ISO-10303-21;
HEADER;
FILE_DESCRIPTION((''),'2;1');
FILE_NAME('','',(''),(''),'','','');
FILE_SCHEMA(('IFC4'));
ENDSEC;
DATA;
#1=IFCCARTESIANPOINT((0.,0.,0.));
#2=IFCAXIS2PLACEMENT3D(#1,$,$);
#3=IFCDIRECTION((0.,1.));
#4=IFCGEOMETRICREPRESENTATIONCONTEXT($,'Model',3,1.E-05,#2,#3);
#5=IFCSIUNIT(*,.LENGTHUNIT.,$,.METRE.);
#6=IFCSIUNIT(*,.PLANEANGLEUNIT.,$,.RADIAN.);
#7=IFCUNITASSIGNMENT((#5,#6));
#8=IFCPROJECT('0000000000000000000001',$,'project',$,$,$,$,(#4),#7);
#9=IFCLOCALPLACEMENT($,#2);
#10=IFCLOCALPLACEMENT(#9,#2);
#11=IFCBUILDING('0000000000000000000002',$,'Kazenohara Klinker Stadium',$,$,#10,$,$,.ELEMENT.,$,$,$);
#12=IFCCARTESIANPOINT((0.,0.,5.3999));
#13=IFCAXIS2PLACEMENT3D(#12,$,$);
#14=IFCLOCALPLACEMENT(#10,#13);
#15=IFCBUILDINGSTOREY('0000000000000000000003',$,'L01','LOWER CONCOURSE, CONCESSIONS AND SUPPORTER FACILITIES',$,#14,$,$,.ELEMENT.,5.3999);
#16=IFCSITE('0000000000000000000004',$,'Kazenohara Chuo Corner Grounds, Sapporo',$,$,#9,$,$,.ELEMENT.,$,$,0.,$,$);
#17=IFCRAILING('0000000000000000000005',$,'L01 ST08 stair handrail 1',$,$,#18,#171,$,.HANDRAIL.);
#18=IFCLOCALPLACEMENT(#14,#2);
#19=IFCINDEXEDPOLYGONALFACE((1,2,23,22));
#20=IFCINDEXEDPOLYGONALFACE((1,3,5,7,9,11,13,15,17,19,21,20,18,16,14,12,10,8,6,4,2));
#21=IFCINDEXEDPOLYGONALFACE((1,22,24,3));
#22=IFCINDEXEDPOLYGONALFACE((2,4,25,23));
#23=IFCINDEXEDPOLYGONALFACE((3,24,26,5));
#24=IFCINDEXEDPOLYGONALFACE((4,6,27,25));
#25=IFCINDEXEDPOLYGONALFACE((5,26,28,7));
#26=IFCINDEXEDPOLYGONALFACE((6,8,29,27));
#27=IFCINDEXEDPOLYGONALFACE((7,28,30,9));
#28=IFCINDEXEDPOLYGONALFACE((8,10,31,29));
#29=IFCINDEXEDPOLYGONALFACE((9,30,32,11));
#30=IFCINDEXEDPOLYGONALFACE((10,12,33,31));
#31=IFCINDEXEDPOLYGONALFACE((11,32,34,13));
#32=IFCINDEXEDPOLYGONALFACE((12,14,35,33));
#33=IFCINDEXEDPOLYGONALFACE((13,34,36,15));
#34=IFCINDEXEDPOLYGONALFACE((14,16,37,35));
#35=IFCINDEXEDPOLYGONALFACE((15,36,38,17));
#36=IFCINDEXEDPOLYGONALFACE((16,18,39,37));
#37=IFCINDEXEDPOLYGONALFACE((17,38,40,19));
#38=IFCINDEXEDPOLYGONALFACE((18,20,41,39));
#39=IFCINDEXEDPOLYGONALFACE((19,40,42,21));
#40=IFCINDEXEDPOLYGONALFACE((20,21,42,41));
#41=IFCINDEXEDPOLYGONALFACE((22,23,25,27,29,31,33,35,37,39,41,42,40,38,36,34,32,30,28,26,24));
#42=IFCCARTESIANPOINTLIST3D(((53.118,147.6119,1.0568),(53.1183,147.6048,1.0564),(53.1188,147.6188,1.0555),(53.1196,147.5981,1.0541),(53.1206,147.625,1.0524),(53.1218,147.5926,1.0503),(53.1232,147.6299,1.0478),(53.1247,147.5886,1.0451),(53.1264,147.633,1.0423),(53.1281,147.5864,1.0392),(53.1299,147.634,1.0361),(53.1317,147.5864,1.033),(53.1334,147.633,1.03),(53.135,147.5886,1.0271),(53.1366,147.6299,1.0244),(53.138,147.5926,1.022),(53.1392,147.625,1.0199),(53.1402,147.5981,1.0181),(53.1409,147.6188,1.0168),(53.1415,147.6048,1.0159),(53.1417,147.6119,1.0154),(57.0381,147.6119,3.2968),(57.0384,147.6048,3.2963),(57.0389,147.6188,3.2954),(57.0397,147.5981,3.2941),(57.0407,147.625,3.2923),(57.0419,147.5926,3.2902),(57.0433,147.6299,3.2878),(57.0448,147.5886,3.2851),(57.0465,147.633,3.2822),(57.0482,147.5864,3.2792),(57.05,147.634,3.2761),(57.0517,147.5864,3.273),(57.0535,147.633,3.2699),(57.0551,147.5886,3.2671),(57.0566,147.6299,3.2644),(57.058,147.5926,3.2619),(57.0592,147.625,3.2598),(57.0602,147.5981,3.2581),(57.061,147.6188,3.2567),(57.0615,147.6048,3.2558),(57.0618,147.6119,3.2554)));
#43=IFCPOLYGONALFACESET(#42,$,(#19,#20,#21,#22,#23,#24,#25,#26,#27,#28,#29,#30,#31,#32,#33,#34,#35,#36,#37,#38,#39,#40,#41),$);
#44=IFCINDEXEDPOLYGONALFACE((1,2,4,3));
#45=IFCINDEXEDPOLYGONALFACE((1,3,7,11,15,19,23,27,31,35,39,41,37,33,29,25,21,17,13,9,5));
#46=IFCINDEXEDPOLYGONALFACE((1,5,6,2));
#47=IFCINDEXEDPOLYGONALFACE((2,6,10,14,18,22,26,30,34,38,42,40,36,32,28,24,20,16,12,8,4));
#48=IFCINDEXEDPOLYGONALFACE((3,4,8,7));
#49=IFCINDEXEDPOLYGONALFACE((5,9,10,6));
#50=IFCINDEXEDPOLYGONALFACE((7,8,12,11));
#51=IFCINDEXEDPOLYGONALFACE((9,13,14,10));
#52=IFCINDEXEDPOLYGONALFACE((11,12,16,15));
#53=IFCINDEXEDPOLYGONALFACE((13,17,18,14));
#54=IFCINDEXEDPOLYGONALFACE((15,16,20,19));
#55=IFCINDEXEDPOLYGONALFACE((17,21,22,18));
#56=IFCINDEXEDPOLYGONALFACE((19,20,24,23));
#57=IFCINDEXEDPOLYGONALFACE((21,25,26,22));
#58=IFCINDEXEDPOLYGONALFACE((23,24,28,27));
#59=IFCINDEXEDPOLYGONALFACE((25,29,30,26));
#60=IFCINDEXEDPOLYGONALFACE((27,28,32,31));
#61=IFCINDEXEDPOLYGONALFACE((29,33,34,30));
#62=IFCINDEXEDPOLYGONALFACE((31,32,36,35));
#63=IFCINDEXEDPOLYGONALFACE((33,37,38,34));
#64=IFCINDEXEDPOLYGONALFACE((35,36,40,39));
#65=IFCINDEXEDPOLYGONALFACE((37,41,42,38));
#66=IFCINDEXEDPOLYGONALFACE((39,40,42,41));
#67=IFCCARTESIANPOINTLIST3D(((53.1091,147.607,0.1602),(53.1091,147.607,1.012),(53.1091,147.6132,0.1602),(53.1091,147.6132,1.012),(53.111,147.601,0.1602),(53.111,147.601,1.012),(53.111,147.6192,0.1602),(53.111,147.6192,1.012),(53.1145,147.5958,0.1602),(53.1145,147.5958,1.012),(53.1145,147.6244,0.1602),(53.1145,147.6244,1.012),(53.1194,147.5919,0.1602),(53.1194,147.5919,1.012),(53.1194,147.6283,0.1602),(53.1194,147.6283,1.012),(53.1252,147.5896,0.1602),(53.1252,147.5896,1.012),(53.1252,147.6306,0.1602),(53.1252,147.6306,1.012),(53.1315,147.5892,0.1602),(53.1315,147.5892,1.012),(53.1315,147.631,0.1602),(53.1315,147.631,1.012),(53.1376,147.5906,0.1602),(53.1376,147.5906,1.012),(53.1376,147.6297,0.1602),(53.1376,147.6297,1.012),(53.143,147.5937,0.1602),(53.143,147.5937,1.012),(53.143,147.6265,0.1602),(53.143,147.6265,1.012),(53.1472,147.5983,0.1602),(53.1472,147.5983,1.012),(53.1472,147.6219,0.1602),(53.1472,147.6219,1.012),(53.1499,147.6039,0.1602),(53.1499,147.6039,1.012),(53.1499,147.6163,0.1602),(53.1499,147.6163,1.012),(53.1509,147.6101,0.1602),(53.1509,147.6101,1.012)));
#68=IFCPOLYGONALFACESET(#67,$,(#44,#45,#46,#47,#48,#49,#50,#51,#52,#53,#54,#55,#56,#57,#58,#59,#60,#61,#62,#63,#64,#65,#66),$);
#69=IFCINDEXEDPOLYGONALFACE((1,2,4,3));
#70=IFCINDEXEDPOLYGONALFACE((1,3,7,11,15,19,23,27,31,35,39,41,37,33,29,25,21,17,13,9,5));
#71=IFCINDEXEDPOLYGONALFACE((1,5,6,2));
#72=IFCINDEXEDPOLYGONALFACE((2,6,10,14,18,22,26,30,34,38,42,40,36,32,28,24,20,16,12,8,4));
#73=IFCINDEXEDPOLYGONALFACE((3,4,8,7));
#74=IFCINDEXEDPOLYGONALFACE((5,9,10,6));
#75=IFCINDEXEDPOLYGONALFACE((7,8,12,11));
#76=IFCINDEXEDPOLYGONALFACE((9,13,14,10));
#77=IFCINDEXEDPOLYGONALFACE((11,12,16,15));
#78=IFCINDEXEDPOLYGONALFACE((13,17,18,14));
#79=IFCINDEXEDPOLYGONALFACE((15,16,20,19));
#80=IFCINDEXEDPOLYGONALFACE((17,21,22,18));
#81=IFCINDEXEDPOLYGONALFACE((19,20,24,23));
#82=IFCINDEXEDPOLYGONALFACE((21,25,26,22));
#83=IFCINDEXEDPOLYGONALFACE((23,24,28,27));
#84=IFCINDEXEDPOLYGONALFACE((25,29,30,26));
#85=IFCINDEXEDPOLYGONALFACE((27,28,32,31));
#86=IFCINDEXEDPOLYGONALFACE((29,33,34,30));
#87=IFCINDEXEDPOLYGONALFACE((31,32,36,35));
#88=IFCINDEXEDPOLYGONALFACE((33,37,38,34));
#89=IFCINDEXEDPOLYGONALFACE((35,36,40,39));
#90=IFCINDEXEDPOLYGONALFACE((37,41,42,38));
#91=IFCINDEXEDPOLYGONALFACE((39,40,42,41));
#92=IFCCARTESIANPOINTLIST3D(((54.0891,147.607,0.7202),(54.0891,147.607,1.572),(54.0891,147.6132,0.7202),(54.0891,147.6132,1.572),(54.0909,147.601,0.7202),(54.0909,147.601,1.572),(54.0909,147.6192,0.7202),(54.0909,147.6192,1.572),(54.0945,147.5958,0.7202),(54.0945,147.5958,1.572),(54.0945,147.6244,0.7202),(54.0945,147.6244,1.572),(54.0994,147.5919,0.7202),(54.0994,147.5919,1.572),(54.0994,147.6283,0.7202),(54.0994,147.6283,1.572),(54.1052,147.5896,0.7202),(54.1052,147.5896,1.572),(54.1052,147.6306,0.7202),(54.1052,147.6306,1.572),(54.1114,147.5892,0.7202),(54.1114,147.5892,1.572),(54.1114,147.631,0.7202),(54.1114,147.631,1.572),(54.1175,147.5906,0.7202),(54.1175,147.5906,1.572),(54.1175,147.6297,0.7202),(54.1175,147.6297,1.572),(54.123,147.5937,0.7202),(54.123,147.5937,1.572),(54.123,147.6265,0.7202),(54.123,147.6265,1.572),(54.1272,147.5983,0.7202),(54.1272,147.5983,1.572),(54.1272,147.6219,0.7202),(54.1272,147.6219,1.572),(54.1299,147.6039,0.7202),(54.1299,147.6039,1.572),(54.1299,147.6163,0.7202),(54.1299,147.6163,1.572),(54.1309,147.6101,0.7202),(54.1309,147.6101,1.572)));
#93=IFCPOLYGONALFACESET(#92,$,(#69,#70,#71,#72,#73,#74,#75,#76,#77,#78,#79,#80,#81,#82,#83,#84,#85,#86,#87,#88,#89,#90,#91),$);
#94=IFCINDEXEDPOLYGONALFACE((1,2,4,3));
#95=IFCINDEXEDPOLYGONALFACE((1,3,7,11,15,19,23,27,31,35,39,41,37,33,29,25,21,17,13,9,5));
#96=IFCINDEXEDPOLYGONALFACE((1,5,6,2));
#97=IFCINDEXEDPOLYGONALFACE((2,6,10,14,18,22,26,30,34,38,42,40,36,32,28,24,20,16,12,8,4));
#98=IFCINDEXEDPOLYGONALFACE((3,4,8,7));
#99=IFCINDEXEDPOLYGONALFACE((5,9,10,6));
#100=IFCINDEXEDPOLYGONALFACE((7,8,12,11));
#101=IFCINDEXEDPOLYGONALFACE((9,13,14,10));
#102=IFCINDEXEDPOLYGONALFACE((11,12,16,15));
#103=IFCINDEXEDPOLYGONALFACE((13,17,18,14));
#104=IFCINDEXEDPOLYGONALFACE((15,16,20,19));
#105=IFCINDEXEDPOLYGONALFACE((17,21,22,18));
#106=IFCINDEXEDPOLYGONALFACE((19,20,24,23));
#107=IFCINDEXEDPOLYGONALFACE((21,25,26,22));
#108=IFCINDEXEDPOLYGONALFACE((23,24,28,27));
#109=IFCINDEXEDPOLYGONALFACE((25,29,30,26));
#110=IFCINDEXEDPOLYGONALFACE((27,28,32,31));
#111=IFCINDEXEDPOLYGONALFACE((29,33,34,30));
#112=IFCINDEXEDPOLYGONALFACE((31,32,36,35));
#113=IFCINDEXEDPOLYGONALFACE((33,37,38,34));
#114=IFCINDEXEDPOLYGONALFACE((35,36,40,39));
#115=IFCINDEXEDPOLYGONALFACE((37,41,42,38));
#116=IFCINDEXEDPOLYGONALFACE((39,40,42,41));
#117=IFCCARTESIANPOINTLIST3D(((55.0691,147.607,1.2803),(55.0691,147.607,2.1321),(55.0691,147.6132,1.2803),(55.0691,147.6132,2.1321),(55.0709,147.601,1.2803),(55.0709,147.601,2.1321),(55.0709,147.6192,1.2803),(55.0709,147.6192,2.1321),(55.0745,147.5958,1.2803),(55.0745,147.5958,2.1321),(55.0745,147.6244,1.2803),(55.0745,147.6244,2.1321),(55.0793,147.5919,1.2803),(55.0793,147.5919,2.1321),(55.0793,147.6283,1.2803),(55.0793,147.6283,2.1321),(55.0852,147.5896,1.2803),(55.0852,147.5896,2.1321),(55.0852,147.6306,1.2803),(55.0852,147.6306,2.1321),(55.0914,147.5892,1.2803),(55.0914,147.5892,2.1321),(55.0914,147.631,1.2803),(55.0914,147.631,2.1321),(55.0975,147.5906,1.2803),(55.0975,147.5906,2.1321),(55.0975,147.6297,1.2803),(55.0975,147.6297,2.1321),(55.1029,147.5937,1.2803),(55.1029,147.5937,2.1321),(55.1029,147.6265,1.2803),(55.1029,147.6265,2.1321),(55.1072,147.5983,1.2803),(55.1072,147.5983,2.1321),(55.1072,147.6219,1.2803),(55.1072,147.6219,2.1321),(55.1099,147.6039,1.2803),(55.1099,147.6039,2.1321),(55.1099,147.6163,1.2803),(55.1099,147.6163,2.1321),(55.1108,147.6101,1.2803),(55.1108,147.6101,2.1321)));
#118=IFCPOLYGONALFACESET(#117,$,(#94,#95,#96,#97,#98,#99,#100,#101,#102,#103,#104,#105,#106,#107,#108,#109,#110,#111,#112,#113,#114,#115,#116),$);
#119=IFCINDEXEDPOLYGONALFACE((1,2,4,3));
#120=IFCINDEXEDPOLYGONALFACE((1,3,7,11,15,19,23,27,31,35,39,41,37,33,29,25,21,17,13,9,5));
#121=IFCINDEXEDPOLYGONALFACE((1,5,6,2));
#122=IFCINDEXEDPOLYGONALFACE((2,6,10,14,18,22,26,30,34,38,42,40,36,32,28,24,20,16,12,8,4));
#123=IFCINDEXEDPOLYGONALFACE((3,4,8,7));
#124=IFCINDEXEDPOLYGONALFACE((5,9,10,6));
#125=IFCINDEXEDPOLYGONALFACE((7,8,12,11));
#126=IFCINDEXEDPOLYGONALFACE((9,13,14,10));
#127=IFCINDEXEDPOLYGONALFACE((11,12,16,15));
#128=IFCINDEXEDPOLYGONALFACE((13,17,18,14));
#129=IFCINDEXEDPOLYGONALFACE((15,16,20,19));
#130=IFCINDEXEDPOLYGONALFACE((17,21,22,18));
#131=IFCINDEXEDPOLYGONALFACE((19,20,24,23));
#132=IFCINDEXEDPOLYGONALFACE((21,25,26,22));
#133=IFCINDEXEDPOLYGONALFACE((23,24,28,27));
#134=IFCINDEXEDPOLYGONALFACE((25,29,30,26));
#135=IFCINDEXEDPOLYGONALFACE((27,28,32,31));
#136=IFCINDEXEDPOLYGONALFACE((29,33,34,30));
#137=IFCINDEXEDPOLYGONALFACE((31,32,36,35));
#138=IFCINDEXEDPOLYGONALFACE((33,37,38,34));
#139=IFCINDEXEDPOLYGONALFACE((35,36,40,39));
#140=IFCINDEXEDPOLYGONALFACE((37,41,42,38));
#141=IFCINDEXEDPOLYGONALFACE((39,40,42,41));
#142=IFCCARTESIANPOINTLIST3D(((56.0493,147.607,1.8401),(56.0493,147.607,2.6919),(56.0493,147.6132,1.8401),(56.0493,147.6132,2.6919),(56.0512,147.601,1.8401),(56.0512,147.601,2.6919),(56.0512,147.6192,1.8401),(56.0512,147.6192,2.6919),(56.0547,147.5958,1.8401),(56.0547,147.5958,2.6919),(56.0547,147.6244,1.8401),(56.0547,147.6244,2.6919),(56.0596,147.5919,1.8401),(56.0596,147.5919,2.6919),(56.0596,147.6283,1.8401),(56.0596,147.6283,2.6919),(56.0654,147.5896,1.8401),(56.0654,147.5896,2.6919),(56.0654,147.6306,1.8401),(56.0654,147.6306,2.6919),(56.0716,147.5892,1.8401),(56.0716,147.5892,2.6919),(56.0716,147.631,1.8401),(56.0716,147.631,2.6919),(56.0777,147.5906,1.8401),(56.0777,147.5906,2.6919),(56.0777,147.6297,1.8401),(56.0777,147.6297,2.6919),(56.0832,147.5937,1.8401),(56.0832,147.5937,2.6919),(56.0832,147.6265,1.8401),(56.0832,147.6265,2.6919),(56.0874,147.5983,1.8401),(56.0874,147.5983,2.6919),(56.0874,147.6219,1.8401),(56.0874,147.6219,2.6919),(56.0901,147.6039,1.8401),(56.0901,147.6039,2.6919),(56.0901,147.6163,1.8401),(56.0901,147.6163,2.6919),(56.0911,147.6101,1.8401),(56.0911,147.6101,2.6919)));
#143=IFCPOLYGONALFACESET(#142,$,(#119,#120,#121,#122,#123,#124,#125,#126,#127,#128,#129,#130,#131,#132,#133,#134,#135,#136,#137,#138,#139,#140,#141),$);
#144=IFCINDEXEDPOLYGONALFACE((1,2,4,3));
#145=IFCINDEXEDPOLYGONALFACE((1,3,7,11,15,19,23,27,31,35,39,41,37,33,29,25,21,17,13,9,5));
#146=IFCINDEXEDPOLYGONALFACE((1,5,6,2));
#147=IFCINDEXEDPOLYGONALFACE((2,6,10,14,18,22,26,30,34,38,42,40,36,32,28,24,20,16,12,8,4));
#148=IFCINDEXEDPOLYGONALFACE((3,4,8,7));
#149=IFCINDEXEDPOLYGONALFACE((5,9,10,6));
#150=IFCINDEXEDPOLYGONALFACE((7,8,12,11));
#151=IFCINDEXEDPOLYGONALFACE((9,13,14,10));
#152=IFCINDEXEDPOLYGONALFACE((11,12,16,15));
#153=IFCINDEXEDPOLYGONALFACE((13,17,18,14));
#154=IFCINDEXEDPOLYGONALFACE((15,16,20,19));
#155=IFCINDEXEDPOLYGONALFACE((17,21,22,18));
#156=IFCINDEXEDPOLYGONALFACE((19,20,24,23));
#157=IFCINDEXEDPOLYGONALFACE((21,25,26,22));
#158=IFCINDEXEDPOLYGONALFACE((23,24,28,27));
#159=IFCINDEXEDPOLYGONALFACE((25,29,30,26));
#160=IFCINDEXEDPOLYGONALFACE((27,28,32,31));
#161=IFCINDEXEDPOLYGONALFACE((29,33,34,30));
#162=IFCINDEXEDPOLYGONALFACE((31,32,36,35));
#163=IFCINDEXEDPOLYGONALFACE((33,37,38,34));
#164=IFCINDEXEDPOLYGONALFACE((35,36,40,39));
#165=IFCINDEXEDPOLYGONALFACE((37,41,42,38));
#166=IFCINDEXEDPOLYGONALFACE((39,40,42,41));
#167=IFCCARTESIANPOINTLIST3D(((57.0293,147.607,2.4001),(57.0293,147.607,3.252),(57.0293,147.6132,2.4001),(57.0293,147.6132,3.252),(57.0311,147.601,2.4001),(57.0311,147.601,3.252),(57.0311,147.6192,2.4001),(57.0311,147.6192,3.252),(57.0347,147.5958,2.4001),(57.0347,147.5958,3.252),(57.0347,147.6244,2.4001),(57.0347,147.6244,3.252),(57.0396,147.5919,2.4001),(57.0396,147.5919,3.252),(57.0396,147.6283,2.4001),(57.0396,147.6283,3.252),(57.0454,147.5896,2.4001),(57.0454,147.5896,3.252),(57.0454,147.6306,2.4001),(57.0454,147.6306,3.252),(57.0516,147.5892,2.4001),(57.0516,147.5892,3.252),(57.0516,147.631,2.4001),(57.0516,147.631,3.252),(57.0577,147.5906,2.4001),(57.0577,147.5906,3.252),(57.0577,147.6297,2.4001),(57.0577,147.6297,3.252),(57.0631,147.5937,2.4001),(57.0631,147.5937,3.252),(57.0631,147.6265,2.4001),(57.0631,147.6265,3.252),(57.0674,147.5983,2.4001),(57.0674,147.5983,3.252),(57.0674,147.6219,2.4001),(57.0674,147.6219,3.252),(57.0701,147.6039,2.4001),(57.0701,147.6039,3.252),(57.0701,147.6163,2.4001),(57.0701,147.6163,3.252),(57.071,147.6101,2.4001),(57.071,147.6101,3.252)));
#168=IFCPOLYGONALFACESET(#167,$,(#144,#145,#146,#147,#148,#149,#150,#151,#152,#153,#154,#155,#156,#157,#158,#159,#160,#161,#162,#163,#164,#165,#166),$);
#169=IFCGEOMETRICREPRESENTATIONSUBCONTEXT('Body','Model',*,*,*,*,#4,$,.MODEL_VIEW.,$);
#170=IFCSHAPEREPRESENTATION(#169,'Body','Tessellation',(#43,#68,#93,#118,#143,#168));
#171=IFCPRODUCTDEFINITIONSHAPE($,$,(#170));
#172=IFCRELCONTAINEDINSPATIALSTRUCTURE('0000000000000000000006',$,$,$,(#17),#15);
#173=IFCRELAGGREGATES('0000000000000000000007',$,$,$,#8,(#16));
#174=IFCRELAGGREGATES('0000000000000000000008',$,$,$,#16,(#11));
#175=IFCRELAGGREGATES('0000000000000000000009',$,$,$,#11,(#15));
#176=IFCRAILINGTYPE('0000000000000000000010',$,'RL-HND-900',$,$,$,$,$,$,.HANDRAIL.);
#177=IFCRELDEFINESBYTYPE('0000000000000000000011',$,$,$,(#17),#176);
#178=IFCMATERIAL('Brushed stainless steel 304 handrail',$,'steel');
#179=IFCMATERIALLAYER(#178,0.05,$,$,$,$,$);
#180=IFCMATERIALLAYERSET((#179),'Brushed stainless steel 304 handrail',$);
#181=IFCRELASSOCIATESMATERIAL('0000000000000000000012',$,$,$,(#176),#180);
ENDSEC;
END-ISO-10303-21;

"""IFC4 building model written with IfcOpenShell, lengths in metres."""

from ifc_helpers import new_model, si_unit, direction, frame, origin, origin_2d, place, context, subcontext, project, spatial, circle, extrude, material, layer, layer_set, type_object, element, save


model = new_model("IFC4")

# Units and contexts
model_context = context("Model", 3, precision=1e-05, world=origin(), true_north=direction((0.0, 1.0)))
body_context = subcontext(model_context, "Body", "Model", "MODEL_VIEW")
ifc_project = project(units=[si_unit("LENGTHUNIT", "METRE"), si_unit("PLANEANGLEUNIT", "RADIAN")], contexts=[model_context])

# Site, building, storey
site_placement = place(None, origin())
site = spatial("IfcSite", under=ifc_project, at=site_placement, Name="Kazenohara Chuo Corner Grounds, Sapporo", CompositionType="ELEMENT", RefElevation=0.0)
building_placement = place(site_placement, origin())
building = spatial("IfcBuilding", under=site, at=building_placement, Name="Kazenohara Klinker Stadium", CompositionType="ELEMENT")
storey_placement = place(building_placement, frame((0.0, 0.0, 5.3999)))
storey = spatial("IfcBuildingStorey", under=building, at=storey_placement, Name="L01", Description="LOWER CONCOURSE, CONCESSIONS AND SUPPORTER FACILITIES", CompositionType="ELEMENT", Elevation=5.3999)

# Railing
ifc_material_1 = material(Name="Brushed stainless steel 304 handrail", Category="steel")
ifc_layer_1 = layer(ifc_material_1, 0.05)
ifc_layer_set_1 = layer_set([ifc_layer_1], Name="Brushed stainless steel 304 handrail")
railing_type_1 = type_object("IfcRailingType", Name="RL-HND-900", PredefinedType="HANDRAIL", material=ifc_layer_set_1)
railing_1_placement = place(storey_placement, frame((53.1299, 147.6101, 0.1602)))
element("IfcRailing", 1, at=railing_1_placement, inside=storey, type_object=railing_type_1, Name="L01 ST08 stair handrail 1", PredefinedType="HANDRAIL", context=body_context, shape_type="SweptSolid", body=[
    extrude(circle(Radius=0.0239, at=origin_2d()), frame((0.0, 0.0, 0.876), z_axis=(0.868253, 0.0, 0.496121), x_axis=(0.0, 1.0, 0.0)), (0.0, 0.0, 1.0), 4.5149),
    extrude(circle(Radius=0.021, at=origin_2d()), origin(), (0.0, 0.0, 1.0), 0.8518),
    extrude(circle(Radius=0.021, at=origin_2d()), frame((0.98, 0.0, 0.5601)), (0.0, 0.0, 1.0), 0.8518),
    extrude(circle(Radius=0.021, at=origin_2d()), frame((1.96, 0.0, 1.1201)), (0.0, 0.0, 1.0), 0.8518),
    extrude(circle(Radius=0.021, at=origin_2d()), frame((2.9402, 0.0, 1.6799)), (0.0, 0.0, 1.0), 0.8518),
    extrude(circle(Radius=0.021, at=origin_2d()), frame((3.9202, 0.0, 2.24)), (0.0, 0.0, 1.0), 0.8518),
])

save(model, "model.ifc")
